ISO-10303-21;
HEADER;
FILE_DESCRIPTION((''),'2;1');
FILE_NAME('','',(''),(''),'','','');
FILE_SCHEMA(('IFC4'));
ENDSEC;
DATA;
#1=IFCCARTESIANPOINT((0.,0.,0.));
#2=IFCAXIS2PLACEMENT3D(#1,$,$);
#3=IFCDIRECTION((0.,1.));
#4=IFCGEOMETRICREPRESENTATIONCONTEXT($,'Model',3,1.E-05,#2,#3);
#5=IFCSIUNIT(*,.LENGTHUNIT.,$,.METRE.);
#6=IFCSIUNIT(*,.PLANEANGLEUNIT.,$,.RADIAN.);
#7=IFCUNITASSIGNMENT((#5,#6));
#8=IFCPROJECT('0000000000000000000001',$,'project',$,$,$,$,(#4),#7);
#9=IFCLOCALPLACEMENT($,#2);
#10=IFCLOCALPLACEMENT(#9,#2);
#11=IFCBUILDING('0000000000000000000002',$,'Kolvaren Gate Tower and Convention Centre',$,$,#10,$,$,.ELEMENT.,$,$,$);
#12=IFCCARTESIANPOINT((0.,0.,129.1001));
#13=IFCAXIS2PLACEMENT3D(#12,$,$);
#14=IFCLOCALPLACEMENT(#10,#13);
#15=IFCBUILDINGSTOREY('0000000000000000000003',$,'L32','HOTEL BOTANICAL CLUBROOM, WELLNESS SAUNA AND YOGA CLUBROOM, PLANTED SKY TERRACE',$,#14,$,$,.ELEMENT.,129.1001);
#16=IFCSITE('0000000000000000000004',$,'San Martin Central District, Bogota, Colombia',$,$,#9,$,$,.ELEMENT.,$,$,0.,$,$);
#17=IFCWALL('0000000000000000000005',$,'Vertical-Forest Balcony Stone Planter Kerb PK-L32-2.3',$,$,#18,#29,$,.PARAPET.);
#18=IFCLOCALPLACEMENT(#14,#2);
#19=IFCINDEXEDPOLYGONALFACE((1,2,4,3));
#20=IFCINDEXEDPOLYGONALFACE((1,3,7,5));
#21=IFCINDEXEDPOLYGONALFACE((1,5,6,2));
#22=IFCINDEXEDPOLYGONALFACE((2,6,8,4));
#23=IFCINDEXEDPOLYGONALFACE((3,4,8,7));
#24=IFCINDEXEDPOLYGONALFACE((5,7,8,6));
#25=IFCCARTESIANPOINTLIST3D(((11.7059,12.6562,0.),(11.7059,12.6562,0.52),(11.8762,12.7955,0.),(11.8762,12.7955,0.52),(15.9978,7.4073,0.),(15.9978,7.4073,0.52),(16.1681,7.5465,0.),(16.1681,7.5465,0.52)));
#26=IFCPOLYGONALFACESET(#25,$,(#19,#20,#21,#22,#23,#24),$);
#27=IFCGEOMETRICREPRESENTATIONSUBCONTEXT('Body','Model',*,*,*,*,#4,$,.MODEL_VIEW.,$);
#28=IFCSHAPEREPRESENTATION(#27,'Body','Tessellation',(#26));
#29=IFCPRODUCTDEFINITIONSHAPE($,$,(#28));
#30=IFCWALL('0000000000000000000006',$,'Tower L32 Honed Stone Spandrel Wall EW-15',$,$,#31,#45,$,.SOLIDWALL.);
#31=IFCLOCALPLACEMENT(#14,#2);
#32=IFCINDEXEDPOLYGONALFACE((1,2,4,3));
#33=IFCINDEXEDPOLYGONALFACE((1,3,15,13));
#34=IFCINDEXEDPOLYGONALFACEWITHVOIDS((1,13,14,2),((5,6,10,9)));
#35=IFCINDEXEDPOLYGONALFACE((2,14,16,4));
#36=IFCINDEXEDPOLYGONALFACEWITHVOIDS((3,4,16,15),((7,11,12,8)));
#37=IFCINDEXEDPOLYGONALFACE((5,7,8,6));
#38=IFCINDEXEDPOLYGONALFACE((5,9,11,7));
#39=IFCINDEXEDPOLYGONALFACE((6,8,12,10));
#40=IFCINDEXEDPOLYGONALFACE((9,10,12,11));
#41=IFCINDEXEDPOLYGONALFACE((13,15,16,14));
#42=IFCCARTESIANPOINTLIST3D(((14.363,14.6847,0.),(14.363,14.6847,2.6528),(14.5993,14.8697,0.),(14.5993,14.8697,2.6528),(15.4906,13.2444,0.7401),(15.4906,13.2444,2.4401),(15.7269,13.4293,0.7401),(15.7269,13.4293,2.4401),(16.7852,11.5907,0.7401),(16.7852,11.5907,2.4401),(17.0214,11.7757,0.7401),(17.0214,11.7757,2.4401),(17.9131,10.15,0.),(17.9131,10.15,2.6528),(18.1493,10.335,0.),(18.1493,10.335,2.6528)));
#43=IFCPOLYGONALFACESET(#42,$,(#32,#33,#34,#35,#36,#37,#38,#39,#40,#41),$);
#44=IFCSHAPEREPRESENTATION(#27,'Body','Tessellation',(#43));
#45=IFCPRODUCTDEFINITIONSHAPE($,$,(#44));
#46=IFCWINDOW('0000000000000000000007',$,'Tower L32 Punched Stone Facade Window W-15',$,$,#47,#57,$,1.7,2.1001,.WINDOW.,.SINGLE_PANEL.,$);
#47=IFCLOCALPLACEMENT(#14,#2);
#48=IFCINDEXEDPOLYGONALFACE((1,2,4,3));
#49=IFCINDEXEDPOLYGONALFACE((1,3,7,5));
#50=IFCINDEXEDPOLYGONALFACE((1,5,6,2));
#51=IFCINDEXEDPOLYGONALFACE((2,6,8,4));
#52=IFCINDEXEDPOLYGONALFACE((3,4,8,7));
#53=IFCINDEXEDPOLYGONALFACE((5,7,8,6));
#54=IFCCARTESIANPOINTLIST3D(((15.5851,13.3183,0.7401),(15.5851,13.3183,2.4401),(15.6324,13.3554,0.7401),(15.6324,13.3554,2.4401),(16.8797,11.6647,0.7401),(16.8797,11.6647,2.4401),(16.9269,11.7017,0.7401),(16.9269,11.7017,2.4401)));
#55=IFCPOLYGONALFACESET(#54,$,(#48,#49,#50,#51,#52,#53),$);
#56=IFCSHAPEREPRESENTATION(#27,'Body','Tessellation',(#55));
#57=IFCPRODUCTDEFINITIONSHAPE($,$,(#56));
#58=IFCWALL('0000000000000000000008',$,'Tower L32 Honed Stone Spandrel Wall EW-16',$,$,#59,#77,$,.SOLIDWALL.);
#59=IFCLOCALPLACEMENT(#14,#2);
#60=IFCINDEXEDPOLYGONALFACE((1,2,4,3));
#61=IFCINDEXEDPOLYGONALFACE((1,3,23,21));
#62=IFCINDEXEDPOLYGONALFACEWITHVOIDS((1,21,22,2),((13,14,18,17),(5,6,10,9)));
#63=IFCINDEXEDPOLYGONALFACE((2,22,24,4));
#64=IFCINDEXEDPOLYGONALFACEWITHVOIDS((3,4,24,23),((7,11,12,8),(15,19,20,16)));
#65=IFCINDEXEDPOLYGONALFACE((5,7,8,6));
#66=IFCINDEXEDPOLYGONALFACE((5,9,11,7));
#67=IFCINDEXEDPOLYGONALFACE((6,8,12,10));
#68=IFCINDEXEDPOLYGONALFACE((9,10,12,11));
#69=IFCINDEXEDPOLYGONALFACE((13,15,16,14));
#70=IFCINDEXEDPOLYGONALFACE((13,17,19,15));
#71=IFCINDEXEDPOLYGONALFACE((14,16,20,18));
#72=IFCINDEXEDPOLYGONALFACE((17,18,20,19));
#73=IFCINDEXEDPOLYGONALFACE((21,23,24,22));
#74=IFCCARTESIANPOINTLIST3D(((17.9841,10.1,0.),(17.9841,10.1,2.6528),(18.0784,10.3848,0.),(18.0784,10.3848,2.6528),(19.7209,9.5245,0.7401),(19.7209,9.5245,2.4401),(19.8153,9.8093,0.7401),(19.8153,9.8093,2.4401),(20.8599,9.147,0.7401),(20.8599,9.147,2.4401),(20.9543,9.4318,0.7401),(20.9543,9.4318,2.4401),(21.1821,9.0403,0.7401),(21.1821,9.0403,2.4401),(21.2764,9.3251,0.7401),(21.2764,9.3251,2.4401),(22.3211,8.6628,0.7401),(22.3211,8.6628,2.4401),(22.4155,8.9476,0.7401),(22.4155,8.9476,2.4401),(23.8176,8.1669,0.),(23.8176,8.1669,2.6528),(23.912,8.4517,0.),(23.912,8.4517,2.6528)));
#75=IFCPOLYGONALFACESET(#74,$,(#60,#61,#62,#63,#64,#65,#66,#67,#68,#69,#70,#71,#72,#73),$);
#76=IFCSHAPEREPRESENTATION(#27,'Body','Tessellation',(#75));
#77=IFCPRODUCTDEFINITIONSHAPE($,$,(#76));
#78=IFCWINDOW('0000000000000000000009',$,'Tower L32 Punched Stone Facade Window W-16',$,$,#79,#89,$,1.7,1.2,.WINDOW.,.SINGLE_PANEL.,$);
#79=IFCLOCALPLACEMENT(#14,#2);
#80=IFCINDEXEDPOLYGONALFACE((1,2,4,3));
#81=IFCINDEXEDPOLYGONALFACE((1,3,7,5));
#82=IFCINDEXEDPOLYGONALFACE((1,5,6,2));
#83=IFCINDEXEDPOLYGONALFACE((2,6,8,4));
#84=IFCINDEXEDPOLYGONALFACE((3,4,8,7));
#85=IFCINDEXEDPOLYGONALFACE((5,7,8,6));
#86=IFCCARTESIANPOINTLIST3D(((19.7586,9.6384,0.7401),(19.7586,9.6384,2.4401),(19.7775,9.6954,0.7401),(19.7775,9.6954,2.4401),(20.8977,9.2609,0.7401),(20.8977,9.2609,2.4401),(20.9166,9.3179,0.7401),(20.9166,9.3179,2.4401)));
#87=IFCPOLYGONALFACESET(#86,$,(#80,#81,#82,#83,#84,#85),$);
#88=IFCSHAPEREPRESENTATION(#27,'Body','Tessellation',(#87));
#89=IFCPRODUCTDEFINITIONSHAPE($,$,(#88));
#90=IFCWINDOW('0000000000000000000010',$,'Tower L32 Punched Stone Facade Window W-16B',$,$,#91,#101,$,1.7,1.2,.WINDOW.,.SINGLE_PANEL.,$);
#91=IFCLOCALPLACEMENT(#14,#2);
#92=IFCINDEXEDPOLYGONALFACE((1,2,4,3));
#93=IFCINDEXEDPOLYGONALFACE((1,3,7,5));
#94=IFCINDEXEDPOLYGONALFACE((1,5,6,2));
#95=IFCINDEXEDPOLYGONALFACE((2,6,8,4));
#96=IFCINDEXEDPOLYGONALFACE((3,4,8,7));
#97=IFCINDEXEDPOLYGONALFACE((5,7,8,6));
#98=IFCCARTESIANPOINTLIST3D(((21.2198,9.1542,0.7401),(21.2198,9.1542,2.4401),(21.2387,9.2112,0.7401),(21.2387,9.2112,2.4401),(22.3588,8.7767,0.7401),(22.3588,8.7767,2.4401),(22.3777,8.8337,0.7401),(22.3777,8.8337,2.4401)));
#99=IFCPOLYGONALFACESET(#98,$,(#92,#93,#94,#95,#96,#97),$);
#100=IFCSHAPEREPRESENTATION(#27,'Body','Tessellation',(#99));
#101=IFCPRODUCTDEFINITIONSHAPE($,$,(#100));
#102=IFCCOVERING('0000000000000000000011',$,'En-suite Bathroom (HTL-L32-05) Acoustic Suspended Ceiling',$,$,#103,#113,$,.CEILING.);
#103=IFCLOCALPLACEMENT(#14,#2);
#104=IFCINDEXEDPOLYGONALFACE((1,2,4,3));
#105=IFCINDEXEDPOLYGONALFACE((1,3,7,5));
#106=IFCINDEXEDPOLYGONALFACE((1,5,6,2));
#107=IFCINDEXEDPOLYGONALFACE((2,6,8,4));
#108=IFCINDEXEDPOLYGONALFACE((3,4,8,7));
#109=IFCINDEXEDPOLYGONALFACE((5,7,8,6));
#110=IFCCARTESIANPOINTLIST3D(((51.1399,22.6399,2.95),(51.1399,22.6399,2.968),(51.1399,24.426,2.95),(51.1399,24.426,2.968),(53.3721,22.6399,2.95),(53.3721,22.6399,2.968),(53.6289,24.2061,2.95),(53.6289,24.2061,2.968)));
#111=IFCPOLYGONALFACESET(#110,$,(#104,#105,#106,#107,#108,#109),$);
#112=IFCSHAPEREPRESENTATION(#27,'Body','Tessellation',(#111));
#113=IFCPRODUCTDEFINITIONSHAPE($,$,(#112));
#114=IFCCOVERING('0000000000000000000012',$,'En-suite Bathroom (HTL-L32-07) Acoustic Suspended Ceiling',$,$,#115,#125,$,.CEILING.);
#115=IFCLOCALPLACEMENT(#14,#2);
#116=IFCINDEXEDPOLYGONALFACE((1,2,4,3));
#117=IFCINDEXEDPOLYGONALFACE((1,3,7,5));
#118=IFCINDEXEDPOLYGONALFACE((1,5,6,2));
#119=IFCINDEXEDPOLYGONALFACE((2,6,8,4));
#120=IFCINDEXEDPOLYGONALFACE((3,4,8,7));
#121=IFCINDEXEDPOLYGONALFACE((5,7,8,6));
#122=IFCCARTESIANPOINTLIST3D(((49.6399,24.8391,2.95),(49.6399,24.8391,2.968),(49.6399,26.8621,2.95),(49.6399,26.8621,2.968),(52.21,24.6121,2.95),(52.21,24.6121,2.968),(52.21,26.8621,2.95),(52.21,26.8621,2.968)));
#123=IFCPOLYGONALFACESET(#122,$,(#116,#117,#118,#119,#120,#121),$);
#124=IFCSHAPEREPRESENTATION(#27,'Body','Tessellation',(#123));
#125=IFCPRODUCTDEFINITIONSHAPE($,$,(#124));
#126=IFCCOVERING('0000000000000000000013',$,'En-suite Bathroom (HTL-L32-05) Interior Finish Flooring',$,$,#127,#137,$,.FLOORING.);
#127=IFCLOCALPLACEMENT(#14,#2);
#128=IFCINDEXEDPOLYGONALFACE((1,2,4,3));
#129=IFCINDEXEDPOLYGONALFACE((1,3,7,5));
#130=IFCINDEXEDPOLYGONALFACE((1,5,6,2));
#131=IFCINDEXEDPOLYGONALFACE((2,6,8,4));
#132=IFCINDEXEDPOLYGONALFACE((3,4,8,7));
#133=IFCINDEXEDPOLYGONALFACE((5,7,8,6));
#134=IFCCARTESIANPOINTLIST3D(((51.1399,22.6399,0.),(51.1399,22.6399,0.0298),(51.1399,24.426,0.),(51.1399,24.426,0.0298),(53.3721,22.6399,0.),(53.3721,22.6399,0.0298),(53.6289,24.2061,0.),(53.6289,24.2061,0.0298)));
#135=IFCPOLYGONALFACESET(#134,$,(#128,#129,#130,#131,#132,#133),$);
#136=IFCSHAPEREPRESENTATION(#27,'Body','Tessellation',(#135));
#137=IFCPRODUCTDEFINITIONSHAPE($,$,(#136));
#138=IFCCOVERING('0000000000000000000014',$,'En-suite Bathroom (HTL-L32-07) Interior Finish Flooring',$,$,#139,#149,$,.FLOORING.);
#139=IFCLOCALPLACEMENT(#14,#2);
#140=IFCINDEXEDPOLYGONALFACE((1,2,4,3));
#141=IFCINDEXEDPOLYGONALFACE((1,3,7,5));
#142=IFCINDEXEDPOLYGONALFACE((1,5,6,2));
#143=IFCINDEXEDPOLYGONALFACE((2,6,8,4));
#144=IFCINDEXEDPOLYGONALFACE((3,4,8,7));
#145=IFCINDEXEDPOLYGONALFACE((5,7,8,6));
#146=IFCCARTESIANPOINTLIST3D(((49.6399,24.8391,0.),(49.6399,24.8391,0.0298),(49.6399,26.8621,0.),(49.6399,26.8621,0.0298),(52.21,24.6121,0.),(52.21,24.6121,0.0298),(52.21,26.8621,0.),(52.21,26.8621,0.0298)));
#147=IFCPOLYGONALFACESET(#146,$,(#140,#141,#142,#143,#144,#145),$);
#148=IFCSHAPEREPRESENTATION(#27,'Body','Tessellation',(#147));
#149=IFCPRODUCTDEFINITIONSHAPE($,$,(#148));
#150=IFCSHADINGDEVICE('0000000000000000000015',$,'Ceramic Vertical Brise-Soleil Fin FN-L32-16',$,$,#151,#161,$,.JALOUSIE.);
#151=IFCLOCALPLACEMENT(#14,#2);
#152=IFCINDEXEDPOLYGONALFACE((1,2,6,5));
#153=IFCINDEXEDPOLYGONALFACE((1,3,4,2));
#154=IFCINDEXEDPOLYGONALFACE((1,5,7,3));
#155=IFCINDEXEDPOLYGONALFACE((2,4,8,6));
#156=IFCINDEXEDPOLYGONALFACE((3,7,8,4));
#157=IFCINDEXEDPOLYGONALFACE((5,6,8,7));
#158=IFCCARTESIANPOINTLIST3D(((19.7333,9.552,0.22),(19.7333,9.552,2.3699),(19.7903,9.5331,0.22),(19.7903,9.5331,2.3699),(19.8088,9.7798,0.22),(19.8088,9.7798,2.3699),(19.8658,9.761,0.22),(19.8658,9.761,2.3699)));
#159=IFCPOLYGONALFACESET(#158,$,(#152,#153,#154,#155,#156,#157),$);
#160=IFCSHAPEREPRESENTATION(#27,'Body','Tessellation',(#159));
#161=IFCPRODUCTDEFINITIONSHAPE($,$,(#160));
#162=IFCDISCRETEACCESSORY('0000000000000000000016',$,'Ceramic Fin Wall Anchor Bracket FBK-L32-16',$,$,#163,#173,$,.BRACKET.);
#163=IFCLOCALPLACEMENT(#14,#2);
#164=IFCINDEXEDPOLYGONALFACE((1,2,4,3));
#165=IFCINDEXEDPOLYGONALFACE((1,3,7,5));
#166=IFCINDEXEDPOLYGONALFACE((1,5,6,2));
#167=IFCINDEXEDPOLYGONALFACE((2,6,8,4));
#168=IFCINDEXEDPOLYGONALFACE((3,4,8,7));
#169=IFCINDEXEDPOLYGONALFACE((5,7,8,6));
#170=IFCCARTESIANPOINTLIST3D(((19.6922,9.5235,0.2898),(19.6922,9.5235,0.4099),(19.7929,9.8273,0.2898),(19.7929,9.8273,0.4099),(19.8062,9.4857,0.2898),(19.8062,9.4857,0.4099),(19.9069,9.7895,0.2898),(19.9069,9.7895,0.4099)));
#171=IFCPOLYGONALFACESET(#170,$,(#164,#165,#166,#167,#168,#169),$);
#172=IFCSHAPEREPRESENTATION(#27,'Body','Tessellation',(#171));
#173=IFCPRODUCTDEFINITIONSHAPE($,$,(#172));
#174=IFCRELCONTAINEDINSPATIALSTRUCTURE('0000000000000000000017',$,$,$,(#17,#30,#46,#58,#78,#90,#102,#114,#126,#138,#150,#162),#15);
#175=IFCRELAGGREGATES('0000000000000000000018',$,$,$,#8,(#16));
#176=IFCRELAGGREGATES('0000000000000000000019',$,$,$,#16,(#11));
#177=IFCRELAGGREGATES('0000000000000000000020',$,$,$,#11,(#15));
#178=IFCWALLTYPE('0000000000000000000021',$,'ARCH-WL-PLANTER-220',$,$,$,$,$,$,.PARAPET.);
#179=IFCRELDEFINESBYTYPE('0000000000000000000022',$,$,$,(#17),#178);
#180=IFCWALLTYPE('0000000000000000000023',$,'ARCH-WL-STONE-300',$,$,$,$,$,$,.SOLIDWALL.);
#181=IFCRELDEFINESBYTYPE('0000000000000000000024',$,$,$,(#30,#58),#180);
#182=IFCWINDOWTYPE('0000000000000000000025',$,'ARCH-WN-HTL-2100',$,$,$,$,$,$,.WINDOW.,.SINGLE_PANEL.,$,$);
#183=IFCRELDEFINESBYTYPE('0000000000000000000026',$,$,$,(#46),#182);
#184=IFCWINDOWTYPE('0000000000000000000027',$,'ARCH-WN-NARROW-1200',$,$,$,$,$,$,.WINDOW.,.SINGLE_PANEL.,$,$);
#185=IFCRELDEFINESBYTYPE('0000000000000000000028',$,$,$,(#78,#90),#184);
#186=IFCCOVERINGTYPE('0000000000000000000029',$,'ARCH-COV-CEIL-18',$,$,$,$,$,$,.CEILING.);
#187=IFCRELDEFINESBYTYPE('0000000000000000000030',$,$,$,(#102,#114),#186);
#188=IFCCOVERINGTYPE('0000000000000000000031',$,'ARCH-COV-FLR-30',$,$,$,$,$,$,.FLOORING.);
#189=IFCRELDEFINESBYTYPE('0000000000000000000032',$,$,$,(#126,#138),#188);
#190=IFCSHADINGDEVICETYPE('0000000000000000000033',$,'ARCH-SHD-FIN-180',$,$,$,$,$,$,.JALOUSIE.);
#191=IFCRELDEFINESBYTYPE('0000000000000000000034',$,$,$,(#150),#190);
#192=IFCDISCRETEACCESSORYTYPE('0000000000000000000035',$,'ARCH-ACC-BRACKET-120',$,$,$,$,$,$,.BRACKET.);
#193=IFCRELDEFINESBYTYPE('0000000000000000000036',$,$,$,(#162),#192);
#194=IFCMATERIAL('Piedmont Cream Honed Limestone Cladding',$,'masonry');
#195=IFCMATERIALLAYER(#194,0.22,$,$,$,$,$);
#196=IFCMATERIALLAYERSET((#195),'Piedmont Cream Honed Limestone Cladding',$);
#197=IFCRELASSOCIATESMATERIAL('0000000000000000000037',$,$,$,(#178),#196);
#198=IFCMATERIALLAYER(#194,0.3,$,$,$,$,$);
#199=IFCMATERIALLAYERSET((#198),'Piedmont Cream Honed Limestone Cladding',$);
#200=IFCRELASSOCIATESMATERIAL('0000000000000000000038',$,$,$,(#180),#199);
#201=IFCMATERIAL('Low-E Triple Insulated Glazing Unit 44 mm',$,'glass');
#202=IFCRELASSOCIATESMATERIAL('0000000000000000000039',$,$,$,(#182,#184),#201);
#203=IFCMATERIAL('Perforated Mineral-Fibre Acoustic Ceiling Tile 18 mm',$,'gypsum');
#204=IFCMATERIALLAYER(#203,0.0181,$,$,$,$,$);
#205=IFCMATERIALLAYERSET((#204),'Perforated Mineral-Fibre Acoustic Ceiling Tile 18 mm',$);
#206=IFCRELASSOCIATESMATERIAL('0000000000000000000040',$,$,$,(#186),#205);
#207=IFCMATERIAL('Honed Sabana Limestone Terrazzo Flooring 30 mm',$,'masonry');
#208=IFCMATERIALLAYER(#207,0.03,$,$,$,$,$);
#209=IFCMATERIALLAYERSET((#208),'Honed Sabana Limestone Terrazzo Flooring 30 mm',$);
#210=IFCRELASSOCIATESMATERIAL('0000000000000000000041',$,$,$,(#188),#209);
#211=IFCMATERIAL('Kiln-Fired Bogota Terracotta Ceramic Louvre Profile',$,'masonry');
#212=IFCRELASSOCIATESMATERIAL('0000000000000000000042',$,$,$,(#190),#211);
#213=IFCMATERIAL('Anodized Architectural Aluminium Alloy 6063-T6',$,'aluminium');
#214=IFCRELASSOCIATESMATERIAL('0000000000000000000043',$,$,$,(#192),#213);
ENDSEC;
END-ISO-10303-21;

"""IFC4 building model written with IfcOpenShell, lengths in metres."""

from ifc_helpers import new_model, si_unit, direction, frame, frame_2d, origin, origin_2d, place, context, subcontext, project, spatial, polyline, rectangle, outline, extrude, material, layer, layer_set, type_object, element, fill, save


model = new_model("IFC4")

# Units and contexts
model_context = context("Model", 3, precision=1e-05, world=origin(), true_north=direction((0.0, 1.0)))
body_context = subcontext(model_context, "Body", "Model", "MODEL_VIEW")
ifc_project = project(units=[si_unit("LENGTHUNIT", "METRE"), si_unit("PLANEANGLEUNIT", "RADIAN")], contexts=[model_context])

# Site, building, storey
site_placement = place(None, origin())
site = spatial("IfcSite", under=ifc_project, at=site_placement, Name="San Martin Central District, Bogota, Colombia", CompositionType="ELEMENT", RefElevation=0.0)
building_placement = place(site_placement, origin())
building = spatial("IfcBuilding", under=site, at=building_placement, Name="Kolvaren Gate Tower and Convention Centre", CompositionType="ELEMENT")
storey_placement = place(building_placement, frame((0.0, 0.0, 129.1001)))
storey = spatial("IfcBuildingStorey", under=building, at=storey_placement, Name="L32", Description="HOTEL BOTANICAL CLUBROOM, WELLNESS SAUNA AND YOGA CLUBROOM, PLANTED SKY TERRACE", CompositionType="ELEMENT", Elevation=129.1001)

# Wall
ifc_material_1 = material(Name="Piedmont Cream Honed Limestone Cladding", Category="masonry")
ifc_layer_1 = layer(ifc_material_1, 0.22)
ifc_layer_set_1 = layer_set([ifc_layer_1], Name="Piedmont Cream Honed Limestone Cladding")
wall_type_1 = type_object("IfcWallType", Name="ARCH-WL-PLANTER-220", PredefinedType="PARAPET", material=ifc_layer_set_1)
wall_1_placement = place(storey_placement, frame((11.791, 12.7258, 0.0), z_axis=(0.0, 0.0, 1.0), x_axis=(0.633002, -0.77415, 0.0)))
element("IfcWall", 1, at=wall_1_placement, inside=storey, type_object=wall_type_1, Name="Vertical-Forest Balcony Stone Planter Kerb PK-L32-2.3", PredefinedType="PARAPET", context=body_context, shape_type="SweptSolid", body=[
    extrude(rectangle(XDim=6.7803, YDim=0.22, at=frame_2d((3.3901, 0.0))), origin(), (0.0, 0.0, 1.0), 0.52),
])

# Wall, opening, window
ifc_layer_2 = layer(ifc_material_1, 0.3)
ifc_layer_set_2 = layer_set([ifc_layer_2], Name="Piedmont Cream Honed Limestone Cladding")
wall_type_2 = type_object("IfcWallType", Name="ARCH-WL-STONE-300", PredefinedType="SOLIDWALL", material=ifc_layer_set_2)
wall_2_placement = place(storey_placement, frame((14.4812, 14.7771, 0.0), z_axis=(0.0, 0.0, 1.0), x_axis=(0.616435, -0.787406, 0.0)))
wall_2 = element("IfcWall", 2, at=wall_2_placement, inside=storey, type_object=wall_type_2, Name="Tower L32 Honed Stone Spandrel Wall EW-15", PredefinedType="SOLIDWALL", context=body_context, shape_type="SweptSolid", body=[
    extrude(rectangle(XDim=5.759, YDim=0.3, at=frame_2d((2.8794, 0.0))), origin(), (0.0, 0.0, 1.0), 2.6528),
])
opening_1_placement = place(wall_2_placement, frame((1.8291, 0.0, 0.74)))
opening_1 = element("IfcOpeningElement", 3, at=opening_1_placement, cuts=wall_2, PredefinedType="OPENING", context=body_context, shape_type="SweptSolid", body=[
    extrude(rectangle(XDim=2.1001, YDim=1.7, at=frame_2d((1.05, 0.8501))), frame((0.0, 0.1599, 0.0), z_axis=(0.0, -1.0, 0.0), x_axis=(1.0, 0.0, 0.0)), (0.0, 0.0, 1.0), 0.3201),
])
ifc_material_2 = material(Name="Low-E Triple Insulated Glazing Unit 44 mm", Category="glass")
window_type_1 = type_object("IfcWindowType", Name="ARCH-WN-HTL-2100", PartitioningType="SINGLE_PANEL", PredefinedType="WINDOW", material=ifc_material_2)
window_1_placement = place(opening_1_placement, origin())
window_1 = element("IfcWindow", 4, at=window_1_placement, inside=storey, type_object=window_type_1, Name="Tower L32 Punched Stone Facade Window W-15", OverallHeight=1.7, OverallWidth=2.1001, PartitioningType="SINGLE_PANEL", PredefinedType="WINDOW", context=body_context, shape_type="SweptSolid", body=[
    extrude(rectangle(XDim=2.1001, YDim=1.7, at=frame_2d((1.05, 0.8501))), frame((0.0, 0.03, 0.0), z_axis=(0.0, -1.0, 0.0), x_axis=(1.0, 0.0, 0.0)), (0.0, 0.0, 1.0), 0.0601),
])
fill(opening_1, window_1)

# Wall, openings, windows
wall_3_placement = place(storey_placement, frame((18.0312, 10.2424, 0.0), z_axis=(0.0, 0.0, 1.0), x_axis=(0.949238, -0.314559, 0.0)))
wall_3 = element("IfcWall", 5, at=wall_3_placement, inside=storey, type_object=wall_type_2, Name="Tower L32 Honed Stone Spandrel Wall EW-16", PredefinedType="SOLIDWALL", context=body_context, shape_type="SweptSolid", body=[
    extrude(rectangle(XDim=6.1455, YDim=0.3, at=frame_2d((3.0728, 0.0))), origin(), (0.0, 0.0, 1.0), 2.6528),
])
opening_2_placement = place(wall_3_placement, frame((1.8296, 0.0, 0.74)))
opening_2 = element("IfcOpeningElement", 6, at=opening_2_placement, cuts=wall_3, PredefinedType="OPENING", context=body_context, shape_type="SweptSolid", body=[
    extrude(rectangle(XDim=1.2, YDim=1.7, at=frame_2d((0.6001, 0.8501))), frame((0.0, 0.1599, 0.0), z_axis=(0.0, -1.0, 0.0), x_axis=(1.0, 0.0, 0.0)), (0.0, 0.0, 1.0), 0.3201),
])
opening_3_placement = place(wall_3_placement, frame((3.3689, 0.0, 0.74)))
opening_3 = element("IfcOpeningElement", 7, at=opening_3_placement, cuts=wall_3, PredefinedType="OPENING", context=body_context, shape_type="SweptSolid", body=[
    extrude(rectangle(XDim=1.2, YDim=1.7, at=frame_2d((0.6001, 0.8501))), frame((0.0, 0.1599, 0.0), z_axis=(0.0, -1.0, 0.0), x_axis=(1.0, 0.0, 0.0)), (0.0, 0.0, 1.0), 0.3201),
])
window_type_2 = type_object("IfcWindowType", Name="ARCH-WN-NARROW-1200", PartitioningType="SINGLE_PANEL", PredefinedType="WINDOW", material=ifc_material_2)
window_2_placement = place(opening_2_placement, origin())
window_2 = element("IfcWindow", 8, at=window_2_placement, inside=storey, type_object=window_type_2, Name="Tower L32 Punched Stone Facade Window W-16", OverallHeight=1.7, OverallWidth=1.2, PartitioningType="SINGLE_PANEL", PredefinedType="WINDOW", context=body_context, shape_type="SweptSolid", body=[
    extrude(rectangle(XDim=1.2, YDim=1.7, at=frame_2d((0.6001, 0.8501))), frame((0.0, 0.03, 0.0), z_axis=(0.0, -1.0, 0.0), x_axis=(1.0, 0.0, 0.0)), (0.0, 0.0, 1.0), 0.0601),
])
fill(opening_2, window_2)
window_3_placement = place(opening_3_placement, origin())
window_3 = element("IfcWindow", 9, at=window_3_placement, inside=storey, type_object=window_type_2, Name="Tower L32 Punched Stone Facade Window W-16B", OverallHeight=1.7, OverallWidth=1.2, PartitioningType="SINGLE_PANEL", PredefinedType="WINDOW", context=body_context, shape_type="SweptSolid", body=[
    extrude(rectangle(XDim=1.2, YDim=1.7, at=frame_2d((0.6001, 0.8501))), frame((0.0, 0.03, 0.0), z_axis=(0.0, -1.0, 0.0), x_axis=(1.0, 0.0, 0.0)), (0.0, 0.0, 1.0), 0.0601),
])
fill(opening_3, window_3)

# Coverings
ifc_material_3 = material(Name="Perforated Mineral-Fibre Acoustic Ceiling Tile 18 mm", Category="gypsum")
ifc_layer_3 = layer(ifc_material_3, 0.0181)
ifc_layer_set_3 = layer_set([ifc_layer_3], Name="Perforated Mineral-Fibre Acoustic Ceiling Tile 18 mm")
covering_type_1 = type_object("IfcCoveringType", Name="ARCH-COV-CEIL-18", PredefinedType="CEILING", material=ifc_layer_set_3)
covering_1_placement = place(storey_placement, frame((0.0, 0.0, 2.95)))
element("IfcCovering", 10, at=covering_1_placement, inside=storey, type_object=covering_type_1, Name="En-suite Bathroom (HTL-L32-05) Acoustic Suspended Ceiling", PredefinedType="CEILING", context=body_context, shape_type="SweptSolid", body=[
    extrude(outline(polyline([(51.1399, 22.6399), (51.1399, 24.426), (53.6289, 24.2061), (53.3721, 22.6399), (51.1399, 22.6399)])), origin(), (0.0, 0.0, 1.0), 0.0181),
])
covering_2_placement = place(storey_placement, frame((0.0, 0.0, 2.95)))
element("IfcCovering", 11, at=covering_2_placement, inside=storey, type_object=covering_type_1, Name="En-suite Bathroom (HTL-L32-07) Acoustic Suspended Ceiling", PredefinedType="CEILING", context=body_context, shape_type="SweptSolid", body=[
    extrude(outline(polyline([(49.6399, 26.8621), (52.21, 26.8621), (52.21, 24.6121), (49.6399, 24.8391), (49.6399, 26.8621)])), origin(), (0.0, 0.0, 1.0), 0.0181),
])
ifc_material_4 = material(Name="Honed Sabana Limestone Terrazzo Flooring 30 mm", Category="masonry")
ifc_layer_4 = layer(ifc_material_4, 0.03)
ifc_layer_set_4 = layer_set([ifc_layer_4], Name="Honed Sabana Limestone Terrazzo Flooring 30 mm")
covering_type_2 = type_object("IfcCoveringType", Name="ARCH-COV-FLR-30", PredefinedType="FLOORING", material=ifc_layer_set_4)
covering_3_placement = place(storey_placement, origin())
element("IfcCovering", 12, at=covering_3_placement, inside=storey, type_object=covering_type_2, Name="En-suite Bathroom (HTL-L32-05) Interior Finish Flooring", PredefinedType="FLOORING", context=body_context, shape_type="SweptSolid", body=[
    extrude(outline(polyline([(51.1399, 22.6399), (51.1399, 24.426), (53.6289, 24.2061), (53.3721, 22.6399), (51.1399, 22.6399)])), origin(), (0.0, 0.0, 1.0), 0.0298),
])
covering_4_placement = place(storey_placement, origin())
element("IfcCovering", 13, at=covering_4_placement, inside=storey, type_object=covering_type_2, Name="En-suite Bathroom (HTL-L32-07) Interior Finish Flooring", PredefinedType="FLOORING", context=body_context, shape_type="SweptSolid", body=[
    extrude(outline(polyline([(49.6399, 26.8621), (52.21, 26.8621), (52.21, 24.6121), (49.6399, 24.8391), (49.6399, 26.8621)])), origin(), (0.0, 0.0, 1.0), 0.0298),
])

# Shading device
ifc_material_5 = material(Name="Kiln-Fired Bogota Terracotta Ceramic Louvre Profile", Category="masonry")
shading_device_type = type_object("IfcShadingDeviceType", Name="ARCH-SHD-FIN-180", PredefinedType="JALOUSIE", material=ifc_material_5)
shading_device_placement = place(storey_placement, frame((19.7996, 9.6565, 0.22), z_axis=(0.0, 0.0, 1.0), x_axis=(0.94924, -0.314552, 0.0)))
element("IfcShadingDevice", 14, at=shading_device_placement, inside=storey, type_object=shading_device_type, Name="Ceramic Vertical Brise-Soleil Fin FN-L32-16", PredefinedType="JALOUSIE", context=body_context, shape_type="SweptSolid", body=[
    extrude(rectangle(XDim=0.0601, YDim=0.24, at=origin_2d()), origin(), (0.0, 0.0, 1.0), 2.1499),
])

# Discrete accessory
ifc_material_6 = material(Name="Anodized Architectural Aluminium Alloy 6063-T6", Category="aluminium")
discrete_accessory_type = type_object("IfcDiscreteAccessoryType", Name="ARCH-ACC-BRACKET-120", PredefinedType="BRACKET", material=ifc_material_6)
discrete_accessory_placement = place(storey_placement, frame((19.7996, 9.6565, 0.2898), z_axis=(0.0, 0.0, 1.0), x_axis=(0.94924, -0.314552, 0.0)))
element("IfcDiscreteAccessory", 15, at=discrete_accessory_placement, inside=storey, type_object=discrete_accessory_type, Name="Ceramic Fin Wall Anchor Bracket FBK-L32-16", PredefinedType="BRACKET", context=body_context, shape_type="SweptSolid", body=[
    extrude(rectangle(XDim=0.1201, YDim=0.3201, at=origin_2d()), origin(), (0.0, 0.0, 1.0), 0.1201),
])

save(model, "model.ifc")
